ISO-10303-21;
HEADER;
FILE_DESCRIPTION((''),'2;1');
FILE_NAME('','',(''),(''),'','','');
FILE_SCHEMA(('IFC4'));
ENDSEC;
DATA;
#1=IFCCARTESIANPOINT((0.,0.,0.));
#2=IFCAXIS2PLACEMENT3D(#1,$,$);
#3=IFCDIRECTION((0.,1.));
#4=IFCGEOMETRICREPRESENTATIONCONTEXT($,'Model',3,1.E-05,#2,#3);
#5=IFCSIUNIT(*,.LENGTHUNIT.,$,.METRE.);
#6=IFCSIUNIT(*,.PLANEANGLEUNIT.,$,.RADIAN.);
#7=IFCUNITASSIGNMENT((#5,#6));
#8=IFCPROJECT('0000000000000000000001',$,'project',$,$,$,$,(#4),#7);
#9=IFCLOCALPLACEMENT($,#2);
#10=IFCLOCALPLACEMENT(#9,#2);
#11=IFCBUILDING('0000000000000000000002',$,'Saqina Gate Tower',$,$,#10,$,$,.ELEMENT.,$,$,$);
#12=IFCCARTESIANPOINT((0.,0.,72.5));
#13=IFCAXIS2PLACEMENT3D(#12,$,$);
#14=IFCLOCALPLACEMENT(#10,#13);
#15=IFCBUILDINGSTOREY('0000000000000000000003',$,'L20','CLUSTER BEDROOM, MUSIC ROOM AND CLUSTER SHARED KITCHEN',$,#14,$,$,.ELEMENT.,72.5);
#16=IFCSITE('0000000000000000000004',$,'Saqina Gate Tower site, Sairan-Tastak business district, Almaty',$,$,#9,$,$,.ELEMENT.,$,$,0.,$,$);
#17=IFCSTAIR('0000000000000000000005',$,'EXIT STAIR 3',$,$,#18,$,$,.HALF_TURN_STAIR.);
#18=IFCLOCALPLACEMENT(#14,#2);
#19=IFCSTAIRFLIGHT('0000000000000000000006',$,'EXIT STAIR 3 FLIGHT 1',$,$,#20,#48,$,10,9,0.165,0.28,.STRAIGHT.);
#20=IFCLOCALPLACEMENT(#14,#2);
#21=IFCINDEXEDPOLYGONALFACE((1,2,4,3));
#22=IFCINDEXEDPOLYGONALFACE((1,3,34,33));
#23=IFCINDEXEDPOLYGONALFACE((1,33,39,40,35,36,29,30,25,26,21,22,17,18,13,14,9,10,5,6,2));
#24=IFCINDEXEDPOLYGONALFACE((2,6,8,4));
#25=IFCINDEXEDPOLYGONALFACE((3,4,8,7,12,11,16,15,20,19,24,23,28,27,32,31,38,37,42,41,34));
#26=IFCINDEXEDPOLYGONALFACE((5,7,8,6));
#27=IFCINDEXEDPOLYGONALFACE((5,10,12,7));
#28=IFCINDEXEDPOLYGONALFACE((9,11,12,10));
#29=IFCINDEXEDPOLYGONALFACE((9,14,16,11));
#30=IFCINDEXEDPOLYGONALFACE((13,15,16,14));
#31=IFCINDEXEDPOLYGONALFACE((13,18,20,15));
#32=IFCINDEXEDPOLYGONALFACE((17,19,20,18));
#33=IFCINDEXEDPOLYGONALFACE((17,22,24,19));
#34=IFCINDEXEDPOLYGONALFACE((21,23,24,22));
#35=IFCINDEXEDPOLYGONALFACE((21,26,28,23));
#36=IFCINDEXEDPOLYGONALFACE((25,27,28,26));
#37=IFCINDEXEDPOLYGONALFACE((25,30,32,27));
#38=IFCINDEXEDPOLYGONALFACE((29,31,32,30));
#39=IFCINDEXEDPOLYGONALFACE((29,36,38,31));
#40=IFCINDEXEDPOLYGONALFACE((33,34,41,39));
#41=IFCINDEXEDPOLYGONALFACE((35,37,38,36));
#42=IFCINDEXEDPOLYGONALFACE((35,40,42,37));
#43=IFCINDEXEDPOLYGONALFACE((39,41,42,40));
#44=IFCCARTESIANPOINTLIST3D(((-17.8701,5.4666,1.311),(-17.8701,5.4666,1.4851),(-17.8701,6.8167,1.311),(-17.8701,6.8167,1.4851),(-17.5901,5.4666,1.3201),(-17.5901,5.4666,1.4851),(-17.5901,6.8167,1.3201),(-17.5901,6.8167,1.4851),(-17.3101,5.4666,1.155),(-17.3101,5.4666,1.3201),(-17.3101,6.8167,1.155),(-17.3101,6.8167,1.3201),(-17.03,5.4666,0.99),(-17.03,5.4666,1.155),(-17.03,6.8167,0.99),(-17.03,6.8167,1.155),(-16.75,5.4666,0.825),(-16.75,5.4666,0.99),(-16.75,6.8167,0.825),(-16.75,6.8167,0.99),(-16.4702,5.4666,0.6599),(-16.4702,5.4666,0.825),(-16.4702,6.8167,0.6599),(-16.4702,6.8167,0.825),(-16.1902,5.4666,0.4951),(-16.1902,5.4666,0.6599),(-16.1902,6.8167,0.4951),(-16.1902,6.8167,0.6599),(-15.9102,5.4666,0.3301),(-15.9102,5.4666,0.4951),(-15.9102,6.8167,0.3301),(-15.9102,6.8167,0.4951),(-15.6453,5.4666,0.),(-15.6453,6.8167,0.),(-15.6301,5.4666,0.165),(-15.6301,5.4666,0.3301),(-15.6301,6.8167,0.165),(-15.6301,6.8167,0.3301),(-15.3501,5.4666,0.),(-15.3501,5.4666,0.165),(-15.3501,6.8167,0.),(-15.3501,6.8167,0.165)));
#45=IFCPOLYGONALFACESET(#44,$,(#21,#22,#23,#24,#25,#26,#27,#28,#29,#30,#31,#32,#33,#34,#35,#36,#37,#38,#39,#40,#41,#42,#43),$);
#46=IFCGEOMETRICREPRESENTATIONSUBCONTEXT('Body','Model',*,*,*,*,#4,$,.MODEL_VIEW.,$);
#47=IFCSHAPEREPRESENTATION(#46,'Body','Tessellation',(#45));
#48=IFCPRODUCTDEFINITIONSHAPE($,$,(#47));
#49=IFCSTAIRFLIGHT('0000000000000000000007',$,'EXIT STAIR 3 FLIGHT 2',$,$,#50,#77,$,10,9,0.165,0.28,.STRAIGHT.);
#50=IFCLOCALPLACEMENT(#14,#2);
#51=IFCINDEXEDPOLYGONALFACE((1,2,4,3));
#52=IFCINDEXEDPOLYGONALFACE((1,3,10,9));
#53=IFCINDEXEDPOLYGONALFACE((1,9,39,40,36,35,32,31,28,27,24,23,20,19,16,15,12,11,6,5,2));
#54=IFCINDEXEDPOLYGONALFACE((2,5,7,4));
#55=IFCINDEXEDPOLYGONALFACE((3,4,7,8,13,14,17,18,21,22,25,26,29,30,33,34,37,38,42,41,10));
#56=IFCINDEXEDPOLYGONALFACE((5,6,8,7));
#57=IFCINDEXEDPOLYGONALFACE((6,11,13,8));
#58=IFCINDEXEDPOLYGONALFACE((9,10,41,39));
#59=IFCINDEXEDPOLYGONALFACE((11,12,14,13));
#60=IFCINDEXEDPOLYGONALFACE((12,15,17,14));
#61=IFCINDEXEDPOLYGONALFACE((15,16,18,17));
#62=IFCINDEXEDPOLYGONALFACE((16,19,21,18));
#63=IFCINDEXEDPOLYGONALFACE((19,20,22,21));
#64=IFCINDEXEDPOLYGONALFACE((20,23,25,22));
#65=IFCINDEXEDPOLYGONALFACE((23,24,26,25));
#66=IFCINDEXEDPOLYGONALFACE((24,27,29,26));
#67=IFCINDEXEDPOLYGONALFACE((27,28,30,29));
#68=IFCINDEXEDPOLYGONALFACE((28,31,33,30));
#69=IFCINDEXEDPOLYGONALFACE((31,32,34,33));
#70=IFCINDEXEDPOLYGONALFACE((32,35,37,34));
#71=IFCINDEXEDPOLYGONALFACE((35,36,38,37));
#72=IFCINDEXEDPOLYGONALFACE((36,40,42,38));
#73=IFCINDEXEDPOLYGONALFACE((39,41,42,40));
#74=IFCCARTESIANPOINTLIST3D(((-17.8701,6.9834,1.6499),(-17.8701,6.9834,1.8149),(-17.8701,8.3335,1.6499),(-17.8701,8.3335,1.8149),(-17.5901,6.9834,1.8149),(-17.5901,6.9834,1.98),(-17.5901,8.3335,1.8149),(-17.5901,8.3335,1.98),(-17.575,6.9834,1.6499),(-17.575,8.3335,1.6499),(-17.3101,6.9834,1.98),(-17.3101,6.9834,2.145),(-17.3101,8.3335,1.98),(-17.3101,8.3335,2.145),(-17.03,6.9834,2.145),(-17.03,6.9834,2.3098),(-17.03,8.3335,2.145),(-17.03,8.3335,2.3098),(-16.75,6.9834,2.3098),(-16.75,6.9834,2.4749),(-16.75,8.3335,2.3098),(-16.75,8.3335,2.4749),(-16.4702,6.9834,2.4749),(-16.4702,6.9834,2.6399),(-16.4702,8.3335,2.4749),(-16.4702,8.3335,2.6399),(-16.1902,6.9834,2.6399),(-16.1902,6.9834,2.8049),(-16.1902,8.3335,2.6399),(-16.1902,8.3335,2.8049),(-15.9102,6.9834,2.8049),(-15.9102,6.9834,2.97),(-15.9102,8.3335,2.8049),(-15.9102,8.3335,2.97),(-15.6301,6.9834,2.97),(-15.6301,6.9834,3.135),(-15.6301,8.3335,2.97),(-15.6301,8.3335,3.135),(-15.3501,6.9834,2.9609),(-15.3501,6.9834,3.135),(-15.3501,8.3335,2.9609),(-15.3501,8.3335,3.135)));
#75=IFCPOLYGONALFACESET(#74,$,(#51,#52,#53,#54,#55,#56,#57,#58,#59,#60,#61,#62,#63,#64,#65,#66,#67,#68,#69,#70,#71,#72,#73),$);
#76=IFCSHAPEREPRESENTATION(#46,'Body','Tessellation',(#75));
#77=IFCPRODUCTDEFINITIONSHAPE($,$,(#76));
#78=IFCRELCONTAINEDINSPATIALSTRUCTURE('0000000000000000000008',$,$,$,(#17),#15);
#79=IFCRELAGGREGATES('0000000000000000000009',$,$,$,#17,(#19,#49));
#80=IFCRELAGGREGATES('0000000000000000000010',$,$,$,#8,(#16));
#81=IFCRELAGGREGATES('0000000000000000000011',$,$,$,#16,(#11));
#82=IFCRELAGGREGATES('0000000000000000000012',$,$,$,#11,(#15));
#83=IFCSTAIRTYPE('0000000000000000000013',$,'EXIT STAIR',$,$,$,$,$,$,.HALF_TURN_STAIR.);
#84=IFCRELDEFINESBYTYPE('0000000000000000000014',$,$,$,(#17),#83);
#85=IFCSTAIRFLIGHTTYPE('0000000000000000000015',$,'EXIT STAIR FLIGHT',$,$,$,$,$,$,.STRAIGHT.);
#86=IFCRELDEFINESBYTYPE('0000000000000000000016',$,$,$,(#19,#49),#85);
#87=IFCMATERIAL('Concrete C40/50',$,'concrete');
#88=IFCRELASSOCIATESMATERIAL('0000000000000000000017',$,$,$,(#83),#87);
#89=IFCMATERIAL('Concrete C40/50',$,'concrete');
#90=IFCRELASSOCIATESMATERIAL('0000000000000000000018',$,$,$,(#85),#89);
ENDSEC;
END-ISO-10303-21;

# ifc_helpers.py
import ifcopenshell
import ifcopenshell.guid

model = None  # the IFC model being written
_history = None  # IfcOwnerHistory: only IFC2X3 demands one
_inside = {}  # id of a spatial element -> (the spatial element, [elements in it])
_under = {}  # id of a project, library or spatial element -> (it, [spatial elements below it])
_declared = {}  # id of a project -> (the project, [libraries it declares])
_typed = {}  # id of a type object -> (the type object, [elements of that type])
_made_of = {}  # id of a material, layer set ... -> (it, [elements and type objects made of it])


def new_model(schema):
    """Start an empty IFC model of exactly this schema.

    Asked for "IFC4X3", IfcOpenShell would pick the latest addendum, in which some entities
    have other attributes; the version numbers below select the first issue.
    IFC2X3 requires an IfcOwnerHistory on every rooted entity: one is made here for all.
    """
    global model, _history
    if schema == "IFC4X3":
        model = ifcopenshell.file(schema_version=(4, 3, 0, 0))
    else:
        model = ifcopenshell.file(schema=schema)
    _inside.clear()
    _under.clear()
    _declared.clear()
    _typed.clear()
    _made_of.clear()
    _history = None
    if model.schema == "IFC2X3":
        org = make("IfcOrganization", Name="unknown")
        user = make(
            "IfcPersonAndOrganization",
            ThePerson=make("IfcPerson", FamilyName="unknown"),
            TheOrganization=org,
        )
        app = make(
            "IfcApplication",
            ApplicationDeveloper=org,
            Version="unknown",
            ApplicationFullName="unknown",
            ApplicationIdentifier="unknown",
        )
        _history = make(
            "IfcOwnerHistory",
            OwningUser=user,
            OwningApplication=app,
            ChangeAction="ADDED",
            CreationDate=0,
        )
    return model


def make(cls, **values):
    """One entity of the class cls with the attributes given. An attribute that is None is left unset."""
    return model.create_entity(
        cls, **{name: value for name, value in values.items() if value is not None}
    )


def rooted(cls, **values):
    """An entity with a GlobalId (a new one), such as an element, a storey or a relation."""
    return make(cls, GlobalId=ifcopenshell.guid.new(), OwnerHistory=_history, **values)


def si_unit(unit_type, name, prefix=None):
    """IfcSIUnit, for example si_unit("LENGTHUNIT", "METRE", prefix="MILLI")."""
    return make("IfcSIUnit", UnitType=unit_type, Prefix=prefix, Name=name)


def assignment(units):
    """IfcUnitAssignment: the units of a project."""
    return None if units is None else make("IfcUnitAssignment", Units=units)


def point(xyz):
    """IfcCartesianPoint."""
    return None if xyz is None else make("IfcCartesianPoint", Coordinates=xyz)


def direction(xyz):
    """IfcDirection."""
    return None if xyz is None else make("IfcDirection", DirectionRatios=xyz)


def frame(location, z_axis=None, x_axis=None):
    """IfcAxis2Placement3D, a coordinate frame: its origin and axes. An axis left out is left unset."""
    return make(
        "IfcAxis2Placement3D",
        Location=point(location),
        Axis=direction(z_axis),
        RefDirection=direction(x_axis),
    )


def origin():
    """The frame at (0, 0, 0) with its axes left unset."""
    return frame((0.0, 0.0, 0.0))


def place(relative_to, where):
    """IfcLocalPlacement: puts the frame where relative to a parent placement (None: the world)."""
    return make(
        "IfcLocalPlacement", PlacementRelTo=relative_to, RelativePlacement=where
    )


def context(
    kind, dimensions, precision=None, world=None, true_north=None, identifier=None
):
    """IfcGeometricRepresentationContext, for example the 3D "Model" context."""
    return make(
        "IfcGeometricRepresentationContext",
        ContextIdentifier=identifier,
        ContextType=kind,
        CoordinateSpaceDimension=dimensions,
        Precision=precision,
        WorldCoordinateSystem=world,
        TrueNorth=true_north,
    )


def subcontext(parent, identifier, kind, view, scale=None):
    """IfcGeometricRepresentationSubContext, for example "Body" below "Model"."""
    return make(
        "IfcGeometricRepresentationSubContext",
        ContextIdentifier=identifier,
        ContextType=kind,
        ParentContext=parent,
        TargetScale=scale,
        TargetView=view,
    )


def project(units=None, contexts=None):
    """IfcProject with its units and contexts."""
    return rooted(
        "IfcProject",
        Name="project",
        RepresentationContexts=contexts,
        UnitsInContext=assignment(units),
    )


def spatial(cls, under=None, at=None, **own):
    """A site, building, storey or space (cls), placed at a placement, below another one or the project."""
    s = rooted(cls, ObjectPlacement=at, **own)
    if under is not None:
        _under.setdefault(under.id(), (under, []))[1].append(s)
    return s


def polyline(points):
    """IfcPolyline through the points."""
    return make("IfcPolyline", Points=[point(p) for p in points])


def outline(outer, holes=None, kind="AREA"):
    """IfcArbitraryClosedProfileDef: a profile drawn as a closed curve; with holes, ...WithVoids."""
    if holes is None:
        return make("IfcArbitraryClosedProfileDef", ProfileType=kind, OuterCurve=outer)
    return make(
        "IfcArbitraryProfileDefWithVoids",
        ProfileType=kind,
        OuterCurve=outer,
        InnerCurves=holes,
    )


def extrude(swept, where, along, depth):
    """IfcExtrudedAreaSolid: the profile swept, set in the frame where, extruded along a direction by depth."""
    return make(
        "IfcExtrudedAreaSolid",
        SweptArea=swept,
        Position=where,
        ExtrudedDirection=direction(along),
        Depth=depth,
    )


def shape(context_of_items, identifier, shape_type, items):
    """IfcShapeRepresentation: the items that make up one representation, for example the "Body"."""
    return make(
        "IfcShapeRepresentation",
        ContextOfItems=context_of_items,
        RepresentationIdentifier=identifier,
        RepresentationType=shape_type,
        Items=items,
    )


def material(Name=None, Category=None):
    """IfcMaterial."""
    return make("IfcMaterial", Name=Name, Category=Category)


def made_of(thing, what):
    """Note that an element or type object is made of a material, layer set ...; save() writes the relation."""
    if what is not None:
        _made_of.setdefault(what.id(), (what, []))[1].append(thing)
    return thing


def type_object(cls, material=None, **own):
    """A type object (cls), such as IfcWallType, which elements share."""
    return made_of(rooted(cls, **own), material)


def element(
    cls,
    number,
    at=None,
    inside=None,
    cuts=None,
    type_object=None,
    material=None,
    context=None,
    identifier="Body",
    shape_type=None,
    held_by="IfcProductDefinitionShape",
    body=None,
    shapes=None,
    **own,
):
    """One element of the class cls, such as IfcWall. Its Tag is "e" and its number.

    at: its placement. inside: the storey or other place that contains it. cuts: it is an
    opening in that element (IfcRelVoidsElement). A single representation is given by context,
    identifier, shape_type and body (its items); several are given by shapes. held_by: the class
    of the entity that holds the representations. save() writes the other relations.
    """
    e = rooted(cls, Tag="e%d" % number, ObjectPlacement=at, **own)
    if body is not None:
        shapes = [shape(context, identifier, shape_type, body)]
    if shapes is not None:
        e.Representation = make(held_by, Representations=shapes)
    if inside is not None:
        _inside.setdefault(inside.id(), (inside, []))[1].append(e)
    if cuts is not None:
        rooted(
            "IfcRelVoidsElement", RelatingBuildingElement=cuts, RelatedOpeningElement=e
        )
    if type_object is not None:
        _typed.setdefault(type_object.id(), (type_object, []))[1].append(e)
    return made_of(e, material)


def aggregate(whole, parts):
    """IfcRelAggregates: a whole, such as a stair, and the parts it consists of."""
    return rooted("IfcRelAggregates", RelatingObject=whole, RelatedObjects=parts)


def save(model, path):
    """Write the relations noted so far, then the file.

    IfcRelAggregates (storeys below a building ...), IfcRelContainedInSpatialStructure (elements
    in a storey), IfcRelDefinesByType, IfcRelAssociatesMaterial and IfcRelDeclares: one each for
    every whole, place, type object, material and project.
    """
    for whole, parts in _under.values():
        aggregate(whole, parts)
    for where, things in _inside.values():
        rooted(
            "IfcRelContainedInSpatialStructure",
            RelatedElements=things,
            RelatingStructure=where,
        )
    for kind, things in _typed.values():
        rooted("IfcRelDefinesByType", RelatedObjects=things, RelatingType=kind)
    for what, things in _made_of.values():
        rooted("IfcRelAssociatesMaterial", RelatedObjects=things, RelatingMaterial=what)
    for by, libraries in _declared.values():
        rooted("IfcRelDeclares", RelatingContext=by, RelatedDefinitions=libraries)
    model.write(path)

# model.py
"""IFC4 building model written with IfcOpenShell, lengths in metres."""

from ifc_helpers import new_model, si_unit, direction, frame, origin, place, context, subcontext, project, spatial, polyline, outline, extrude, material, type_object, element, aggregate, save


model = new_model("IFC4")

# Units and contexts
model_context = context("Model", 3, precision=1e-05, world=origin(), true_north=direction((0.0, 1.0)))
body_context = subcontext(model_context, "Body", "Model", "MODEL_VIEW")
ifc_project = project(units=[si_unit("LENGTHUNIT", "METRE"), si_unit("PLANEANGLEUNIT", "RADIAN")], contexts=[model_context])

# Site, building, storey
site_placement = place(None, origin())
site = spatial("IfcSite", under=ifc_project, at=site_placement, Name="Saqina Gate Tower site, Sairan-Tastak business district, Almaty", CompositionType="ELEMENT", RefElevation=0.0)
building_placement = place(site_placement, origin())
building = spatial("IfcBuilding", under=site, at=building_placement, Name="Saqina Gate Tower", CompositionType="ELEMENT")
storey_placement = place(building_placement, frame((0.0, 0.0, 72.5)))
storey = spatial("IfcBuildingStorey", under=building, at=storey_placement, Name="L20", Description="CLUSTER BEDROOM, MUSIC ROOM AND CLUSTER SHARED KITCHEN", CompositionType="ELEMENT", Elevation=72.5)

# Stair, stair flights
ifc_material_1 = material(Name="Concrete C40/50", Category="concrete")
stair_type = type_object("IfcStairType", Name="EXIT STAIR", PredefinedType="HALF_TURN_STAIR", material=ifc_material_1)
stair_placement = place(storey_placement, origin())
stair = element("IfcStair", 1, at=stair_placement, inside=storey, type_object=stair_type, Name="EXIT STAIR 3", PredefinedType="HALF_TURN_STAIR")
ifc_material_2 = material(Name="Concrete C40/50", Category="concrete")
stair_flight_type = type_object("IfcStairFlightType", Name="EXIT STAIR FLIGHT", PredefinedType="STRAIGHT", material=ifc_material_2)
stair_flight_1_placement = place(storey_placement, frame((-15.3501, 6.1416, 0.0), z_axis=(0.0, 0.0, 1.0), x_axis=(-1.0, 0.0, 0.0)))
stair_flight_1 = element("IfcStairFlight", 2, at=stair_flight_1_placement, type_object=stair_flight_type, Name="EXIT STAIR 3 FLIGHT 1", NumberOfRisers=10, NumberOfTreads=9, PredefinedType="STRAIGHT", RiserHeight=0.165, TreadLength=0.28, context=body_context, shape_type="SweptSolid", body=[
    extrude(outline(polyline([(0.0, 0.0), (0.0, 0.165), (0.28, 0.165), (0.28, 0.3301), (0.5601, 0.3301), (0.5601, 0.4951), (0.8401, 0.4951), (0.8401, 0.6599), (1.1201, 0.6599), (1.1201, 0.825), (1.3999, 0.825), (1.3999, 0.99), (1.6799, 0.99), (1.6799, 1.155), (1.96, 1.155), (1.96, 1.3201), (2.24, 1.3201), (2.24, 1.4851), (2.52, 1.4851), (2.52, 1.6499), (2.52, 1.311), (0.2952, 0.0), (0.0, 0.0)])), frame((0.0, 0.675, 0.0), z_axis=(0.0, -1.0, 0.0), x_axis=(1.0, 0.0, 0.0)), (0.0, 0.0, 1.0), 1.3501),
])
stair_flight_2_placement = place(storey_placement, frame((-17.8701, 7.6584, 1.6499), z_axis=(0.0, 0.0, 1.0), x_axis=(1.0, 0.0, 0.0)))
stair_flight_2 = element("IfcStairFlight", 3, at=stair_flight_2_placement, type_object=stair_flight_type, Name="EXIT STAIR 3 FLIGHT 2", NumberOfRisers=10, NumberOfTreads=9, PredefinedType="STRAIGHT", RiserHeight=0.165, TreadLength=0.28, context=body_context, shape_type="SweptSolid", body=[
    extrude(outline(polyline([(0.0, 0.0), (0.0, 0.165), (0.28, 0.165), (0.28, 0.3301), (0.5601, 0.3301), (0.5601, 0.4951), (0.8401, 0.4951), (0.8401, 0.6599), (1.1201, 0.6599), (1.1201, 0.825), (1.3999, 0.825), (1.3999, 0.99), (1.6799, 0.99), (1.6799, 1.155), (1.96, 1.155), (1.96, 1.3201), (2.24, 1.3201), (2.24, 1.4851), (2.52, 1.4851), (2.52, 1.6499), (2.52, 1.311), (0.2952, 0.0), (0.0, 0.0)])), frame((0.0, 0.675, 0.0), z_axis=(0.0, -1.0, 0.0), x_axis=(1.0, 0.0, 0.0)), (0.0, 0.0, 1.0), 1.3501),
])
aggregate(stair, [stair_flight_1, stair_flight_2])

save(model, "model.ifc")
